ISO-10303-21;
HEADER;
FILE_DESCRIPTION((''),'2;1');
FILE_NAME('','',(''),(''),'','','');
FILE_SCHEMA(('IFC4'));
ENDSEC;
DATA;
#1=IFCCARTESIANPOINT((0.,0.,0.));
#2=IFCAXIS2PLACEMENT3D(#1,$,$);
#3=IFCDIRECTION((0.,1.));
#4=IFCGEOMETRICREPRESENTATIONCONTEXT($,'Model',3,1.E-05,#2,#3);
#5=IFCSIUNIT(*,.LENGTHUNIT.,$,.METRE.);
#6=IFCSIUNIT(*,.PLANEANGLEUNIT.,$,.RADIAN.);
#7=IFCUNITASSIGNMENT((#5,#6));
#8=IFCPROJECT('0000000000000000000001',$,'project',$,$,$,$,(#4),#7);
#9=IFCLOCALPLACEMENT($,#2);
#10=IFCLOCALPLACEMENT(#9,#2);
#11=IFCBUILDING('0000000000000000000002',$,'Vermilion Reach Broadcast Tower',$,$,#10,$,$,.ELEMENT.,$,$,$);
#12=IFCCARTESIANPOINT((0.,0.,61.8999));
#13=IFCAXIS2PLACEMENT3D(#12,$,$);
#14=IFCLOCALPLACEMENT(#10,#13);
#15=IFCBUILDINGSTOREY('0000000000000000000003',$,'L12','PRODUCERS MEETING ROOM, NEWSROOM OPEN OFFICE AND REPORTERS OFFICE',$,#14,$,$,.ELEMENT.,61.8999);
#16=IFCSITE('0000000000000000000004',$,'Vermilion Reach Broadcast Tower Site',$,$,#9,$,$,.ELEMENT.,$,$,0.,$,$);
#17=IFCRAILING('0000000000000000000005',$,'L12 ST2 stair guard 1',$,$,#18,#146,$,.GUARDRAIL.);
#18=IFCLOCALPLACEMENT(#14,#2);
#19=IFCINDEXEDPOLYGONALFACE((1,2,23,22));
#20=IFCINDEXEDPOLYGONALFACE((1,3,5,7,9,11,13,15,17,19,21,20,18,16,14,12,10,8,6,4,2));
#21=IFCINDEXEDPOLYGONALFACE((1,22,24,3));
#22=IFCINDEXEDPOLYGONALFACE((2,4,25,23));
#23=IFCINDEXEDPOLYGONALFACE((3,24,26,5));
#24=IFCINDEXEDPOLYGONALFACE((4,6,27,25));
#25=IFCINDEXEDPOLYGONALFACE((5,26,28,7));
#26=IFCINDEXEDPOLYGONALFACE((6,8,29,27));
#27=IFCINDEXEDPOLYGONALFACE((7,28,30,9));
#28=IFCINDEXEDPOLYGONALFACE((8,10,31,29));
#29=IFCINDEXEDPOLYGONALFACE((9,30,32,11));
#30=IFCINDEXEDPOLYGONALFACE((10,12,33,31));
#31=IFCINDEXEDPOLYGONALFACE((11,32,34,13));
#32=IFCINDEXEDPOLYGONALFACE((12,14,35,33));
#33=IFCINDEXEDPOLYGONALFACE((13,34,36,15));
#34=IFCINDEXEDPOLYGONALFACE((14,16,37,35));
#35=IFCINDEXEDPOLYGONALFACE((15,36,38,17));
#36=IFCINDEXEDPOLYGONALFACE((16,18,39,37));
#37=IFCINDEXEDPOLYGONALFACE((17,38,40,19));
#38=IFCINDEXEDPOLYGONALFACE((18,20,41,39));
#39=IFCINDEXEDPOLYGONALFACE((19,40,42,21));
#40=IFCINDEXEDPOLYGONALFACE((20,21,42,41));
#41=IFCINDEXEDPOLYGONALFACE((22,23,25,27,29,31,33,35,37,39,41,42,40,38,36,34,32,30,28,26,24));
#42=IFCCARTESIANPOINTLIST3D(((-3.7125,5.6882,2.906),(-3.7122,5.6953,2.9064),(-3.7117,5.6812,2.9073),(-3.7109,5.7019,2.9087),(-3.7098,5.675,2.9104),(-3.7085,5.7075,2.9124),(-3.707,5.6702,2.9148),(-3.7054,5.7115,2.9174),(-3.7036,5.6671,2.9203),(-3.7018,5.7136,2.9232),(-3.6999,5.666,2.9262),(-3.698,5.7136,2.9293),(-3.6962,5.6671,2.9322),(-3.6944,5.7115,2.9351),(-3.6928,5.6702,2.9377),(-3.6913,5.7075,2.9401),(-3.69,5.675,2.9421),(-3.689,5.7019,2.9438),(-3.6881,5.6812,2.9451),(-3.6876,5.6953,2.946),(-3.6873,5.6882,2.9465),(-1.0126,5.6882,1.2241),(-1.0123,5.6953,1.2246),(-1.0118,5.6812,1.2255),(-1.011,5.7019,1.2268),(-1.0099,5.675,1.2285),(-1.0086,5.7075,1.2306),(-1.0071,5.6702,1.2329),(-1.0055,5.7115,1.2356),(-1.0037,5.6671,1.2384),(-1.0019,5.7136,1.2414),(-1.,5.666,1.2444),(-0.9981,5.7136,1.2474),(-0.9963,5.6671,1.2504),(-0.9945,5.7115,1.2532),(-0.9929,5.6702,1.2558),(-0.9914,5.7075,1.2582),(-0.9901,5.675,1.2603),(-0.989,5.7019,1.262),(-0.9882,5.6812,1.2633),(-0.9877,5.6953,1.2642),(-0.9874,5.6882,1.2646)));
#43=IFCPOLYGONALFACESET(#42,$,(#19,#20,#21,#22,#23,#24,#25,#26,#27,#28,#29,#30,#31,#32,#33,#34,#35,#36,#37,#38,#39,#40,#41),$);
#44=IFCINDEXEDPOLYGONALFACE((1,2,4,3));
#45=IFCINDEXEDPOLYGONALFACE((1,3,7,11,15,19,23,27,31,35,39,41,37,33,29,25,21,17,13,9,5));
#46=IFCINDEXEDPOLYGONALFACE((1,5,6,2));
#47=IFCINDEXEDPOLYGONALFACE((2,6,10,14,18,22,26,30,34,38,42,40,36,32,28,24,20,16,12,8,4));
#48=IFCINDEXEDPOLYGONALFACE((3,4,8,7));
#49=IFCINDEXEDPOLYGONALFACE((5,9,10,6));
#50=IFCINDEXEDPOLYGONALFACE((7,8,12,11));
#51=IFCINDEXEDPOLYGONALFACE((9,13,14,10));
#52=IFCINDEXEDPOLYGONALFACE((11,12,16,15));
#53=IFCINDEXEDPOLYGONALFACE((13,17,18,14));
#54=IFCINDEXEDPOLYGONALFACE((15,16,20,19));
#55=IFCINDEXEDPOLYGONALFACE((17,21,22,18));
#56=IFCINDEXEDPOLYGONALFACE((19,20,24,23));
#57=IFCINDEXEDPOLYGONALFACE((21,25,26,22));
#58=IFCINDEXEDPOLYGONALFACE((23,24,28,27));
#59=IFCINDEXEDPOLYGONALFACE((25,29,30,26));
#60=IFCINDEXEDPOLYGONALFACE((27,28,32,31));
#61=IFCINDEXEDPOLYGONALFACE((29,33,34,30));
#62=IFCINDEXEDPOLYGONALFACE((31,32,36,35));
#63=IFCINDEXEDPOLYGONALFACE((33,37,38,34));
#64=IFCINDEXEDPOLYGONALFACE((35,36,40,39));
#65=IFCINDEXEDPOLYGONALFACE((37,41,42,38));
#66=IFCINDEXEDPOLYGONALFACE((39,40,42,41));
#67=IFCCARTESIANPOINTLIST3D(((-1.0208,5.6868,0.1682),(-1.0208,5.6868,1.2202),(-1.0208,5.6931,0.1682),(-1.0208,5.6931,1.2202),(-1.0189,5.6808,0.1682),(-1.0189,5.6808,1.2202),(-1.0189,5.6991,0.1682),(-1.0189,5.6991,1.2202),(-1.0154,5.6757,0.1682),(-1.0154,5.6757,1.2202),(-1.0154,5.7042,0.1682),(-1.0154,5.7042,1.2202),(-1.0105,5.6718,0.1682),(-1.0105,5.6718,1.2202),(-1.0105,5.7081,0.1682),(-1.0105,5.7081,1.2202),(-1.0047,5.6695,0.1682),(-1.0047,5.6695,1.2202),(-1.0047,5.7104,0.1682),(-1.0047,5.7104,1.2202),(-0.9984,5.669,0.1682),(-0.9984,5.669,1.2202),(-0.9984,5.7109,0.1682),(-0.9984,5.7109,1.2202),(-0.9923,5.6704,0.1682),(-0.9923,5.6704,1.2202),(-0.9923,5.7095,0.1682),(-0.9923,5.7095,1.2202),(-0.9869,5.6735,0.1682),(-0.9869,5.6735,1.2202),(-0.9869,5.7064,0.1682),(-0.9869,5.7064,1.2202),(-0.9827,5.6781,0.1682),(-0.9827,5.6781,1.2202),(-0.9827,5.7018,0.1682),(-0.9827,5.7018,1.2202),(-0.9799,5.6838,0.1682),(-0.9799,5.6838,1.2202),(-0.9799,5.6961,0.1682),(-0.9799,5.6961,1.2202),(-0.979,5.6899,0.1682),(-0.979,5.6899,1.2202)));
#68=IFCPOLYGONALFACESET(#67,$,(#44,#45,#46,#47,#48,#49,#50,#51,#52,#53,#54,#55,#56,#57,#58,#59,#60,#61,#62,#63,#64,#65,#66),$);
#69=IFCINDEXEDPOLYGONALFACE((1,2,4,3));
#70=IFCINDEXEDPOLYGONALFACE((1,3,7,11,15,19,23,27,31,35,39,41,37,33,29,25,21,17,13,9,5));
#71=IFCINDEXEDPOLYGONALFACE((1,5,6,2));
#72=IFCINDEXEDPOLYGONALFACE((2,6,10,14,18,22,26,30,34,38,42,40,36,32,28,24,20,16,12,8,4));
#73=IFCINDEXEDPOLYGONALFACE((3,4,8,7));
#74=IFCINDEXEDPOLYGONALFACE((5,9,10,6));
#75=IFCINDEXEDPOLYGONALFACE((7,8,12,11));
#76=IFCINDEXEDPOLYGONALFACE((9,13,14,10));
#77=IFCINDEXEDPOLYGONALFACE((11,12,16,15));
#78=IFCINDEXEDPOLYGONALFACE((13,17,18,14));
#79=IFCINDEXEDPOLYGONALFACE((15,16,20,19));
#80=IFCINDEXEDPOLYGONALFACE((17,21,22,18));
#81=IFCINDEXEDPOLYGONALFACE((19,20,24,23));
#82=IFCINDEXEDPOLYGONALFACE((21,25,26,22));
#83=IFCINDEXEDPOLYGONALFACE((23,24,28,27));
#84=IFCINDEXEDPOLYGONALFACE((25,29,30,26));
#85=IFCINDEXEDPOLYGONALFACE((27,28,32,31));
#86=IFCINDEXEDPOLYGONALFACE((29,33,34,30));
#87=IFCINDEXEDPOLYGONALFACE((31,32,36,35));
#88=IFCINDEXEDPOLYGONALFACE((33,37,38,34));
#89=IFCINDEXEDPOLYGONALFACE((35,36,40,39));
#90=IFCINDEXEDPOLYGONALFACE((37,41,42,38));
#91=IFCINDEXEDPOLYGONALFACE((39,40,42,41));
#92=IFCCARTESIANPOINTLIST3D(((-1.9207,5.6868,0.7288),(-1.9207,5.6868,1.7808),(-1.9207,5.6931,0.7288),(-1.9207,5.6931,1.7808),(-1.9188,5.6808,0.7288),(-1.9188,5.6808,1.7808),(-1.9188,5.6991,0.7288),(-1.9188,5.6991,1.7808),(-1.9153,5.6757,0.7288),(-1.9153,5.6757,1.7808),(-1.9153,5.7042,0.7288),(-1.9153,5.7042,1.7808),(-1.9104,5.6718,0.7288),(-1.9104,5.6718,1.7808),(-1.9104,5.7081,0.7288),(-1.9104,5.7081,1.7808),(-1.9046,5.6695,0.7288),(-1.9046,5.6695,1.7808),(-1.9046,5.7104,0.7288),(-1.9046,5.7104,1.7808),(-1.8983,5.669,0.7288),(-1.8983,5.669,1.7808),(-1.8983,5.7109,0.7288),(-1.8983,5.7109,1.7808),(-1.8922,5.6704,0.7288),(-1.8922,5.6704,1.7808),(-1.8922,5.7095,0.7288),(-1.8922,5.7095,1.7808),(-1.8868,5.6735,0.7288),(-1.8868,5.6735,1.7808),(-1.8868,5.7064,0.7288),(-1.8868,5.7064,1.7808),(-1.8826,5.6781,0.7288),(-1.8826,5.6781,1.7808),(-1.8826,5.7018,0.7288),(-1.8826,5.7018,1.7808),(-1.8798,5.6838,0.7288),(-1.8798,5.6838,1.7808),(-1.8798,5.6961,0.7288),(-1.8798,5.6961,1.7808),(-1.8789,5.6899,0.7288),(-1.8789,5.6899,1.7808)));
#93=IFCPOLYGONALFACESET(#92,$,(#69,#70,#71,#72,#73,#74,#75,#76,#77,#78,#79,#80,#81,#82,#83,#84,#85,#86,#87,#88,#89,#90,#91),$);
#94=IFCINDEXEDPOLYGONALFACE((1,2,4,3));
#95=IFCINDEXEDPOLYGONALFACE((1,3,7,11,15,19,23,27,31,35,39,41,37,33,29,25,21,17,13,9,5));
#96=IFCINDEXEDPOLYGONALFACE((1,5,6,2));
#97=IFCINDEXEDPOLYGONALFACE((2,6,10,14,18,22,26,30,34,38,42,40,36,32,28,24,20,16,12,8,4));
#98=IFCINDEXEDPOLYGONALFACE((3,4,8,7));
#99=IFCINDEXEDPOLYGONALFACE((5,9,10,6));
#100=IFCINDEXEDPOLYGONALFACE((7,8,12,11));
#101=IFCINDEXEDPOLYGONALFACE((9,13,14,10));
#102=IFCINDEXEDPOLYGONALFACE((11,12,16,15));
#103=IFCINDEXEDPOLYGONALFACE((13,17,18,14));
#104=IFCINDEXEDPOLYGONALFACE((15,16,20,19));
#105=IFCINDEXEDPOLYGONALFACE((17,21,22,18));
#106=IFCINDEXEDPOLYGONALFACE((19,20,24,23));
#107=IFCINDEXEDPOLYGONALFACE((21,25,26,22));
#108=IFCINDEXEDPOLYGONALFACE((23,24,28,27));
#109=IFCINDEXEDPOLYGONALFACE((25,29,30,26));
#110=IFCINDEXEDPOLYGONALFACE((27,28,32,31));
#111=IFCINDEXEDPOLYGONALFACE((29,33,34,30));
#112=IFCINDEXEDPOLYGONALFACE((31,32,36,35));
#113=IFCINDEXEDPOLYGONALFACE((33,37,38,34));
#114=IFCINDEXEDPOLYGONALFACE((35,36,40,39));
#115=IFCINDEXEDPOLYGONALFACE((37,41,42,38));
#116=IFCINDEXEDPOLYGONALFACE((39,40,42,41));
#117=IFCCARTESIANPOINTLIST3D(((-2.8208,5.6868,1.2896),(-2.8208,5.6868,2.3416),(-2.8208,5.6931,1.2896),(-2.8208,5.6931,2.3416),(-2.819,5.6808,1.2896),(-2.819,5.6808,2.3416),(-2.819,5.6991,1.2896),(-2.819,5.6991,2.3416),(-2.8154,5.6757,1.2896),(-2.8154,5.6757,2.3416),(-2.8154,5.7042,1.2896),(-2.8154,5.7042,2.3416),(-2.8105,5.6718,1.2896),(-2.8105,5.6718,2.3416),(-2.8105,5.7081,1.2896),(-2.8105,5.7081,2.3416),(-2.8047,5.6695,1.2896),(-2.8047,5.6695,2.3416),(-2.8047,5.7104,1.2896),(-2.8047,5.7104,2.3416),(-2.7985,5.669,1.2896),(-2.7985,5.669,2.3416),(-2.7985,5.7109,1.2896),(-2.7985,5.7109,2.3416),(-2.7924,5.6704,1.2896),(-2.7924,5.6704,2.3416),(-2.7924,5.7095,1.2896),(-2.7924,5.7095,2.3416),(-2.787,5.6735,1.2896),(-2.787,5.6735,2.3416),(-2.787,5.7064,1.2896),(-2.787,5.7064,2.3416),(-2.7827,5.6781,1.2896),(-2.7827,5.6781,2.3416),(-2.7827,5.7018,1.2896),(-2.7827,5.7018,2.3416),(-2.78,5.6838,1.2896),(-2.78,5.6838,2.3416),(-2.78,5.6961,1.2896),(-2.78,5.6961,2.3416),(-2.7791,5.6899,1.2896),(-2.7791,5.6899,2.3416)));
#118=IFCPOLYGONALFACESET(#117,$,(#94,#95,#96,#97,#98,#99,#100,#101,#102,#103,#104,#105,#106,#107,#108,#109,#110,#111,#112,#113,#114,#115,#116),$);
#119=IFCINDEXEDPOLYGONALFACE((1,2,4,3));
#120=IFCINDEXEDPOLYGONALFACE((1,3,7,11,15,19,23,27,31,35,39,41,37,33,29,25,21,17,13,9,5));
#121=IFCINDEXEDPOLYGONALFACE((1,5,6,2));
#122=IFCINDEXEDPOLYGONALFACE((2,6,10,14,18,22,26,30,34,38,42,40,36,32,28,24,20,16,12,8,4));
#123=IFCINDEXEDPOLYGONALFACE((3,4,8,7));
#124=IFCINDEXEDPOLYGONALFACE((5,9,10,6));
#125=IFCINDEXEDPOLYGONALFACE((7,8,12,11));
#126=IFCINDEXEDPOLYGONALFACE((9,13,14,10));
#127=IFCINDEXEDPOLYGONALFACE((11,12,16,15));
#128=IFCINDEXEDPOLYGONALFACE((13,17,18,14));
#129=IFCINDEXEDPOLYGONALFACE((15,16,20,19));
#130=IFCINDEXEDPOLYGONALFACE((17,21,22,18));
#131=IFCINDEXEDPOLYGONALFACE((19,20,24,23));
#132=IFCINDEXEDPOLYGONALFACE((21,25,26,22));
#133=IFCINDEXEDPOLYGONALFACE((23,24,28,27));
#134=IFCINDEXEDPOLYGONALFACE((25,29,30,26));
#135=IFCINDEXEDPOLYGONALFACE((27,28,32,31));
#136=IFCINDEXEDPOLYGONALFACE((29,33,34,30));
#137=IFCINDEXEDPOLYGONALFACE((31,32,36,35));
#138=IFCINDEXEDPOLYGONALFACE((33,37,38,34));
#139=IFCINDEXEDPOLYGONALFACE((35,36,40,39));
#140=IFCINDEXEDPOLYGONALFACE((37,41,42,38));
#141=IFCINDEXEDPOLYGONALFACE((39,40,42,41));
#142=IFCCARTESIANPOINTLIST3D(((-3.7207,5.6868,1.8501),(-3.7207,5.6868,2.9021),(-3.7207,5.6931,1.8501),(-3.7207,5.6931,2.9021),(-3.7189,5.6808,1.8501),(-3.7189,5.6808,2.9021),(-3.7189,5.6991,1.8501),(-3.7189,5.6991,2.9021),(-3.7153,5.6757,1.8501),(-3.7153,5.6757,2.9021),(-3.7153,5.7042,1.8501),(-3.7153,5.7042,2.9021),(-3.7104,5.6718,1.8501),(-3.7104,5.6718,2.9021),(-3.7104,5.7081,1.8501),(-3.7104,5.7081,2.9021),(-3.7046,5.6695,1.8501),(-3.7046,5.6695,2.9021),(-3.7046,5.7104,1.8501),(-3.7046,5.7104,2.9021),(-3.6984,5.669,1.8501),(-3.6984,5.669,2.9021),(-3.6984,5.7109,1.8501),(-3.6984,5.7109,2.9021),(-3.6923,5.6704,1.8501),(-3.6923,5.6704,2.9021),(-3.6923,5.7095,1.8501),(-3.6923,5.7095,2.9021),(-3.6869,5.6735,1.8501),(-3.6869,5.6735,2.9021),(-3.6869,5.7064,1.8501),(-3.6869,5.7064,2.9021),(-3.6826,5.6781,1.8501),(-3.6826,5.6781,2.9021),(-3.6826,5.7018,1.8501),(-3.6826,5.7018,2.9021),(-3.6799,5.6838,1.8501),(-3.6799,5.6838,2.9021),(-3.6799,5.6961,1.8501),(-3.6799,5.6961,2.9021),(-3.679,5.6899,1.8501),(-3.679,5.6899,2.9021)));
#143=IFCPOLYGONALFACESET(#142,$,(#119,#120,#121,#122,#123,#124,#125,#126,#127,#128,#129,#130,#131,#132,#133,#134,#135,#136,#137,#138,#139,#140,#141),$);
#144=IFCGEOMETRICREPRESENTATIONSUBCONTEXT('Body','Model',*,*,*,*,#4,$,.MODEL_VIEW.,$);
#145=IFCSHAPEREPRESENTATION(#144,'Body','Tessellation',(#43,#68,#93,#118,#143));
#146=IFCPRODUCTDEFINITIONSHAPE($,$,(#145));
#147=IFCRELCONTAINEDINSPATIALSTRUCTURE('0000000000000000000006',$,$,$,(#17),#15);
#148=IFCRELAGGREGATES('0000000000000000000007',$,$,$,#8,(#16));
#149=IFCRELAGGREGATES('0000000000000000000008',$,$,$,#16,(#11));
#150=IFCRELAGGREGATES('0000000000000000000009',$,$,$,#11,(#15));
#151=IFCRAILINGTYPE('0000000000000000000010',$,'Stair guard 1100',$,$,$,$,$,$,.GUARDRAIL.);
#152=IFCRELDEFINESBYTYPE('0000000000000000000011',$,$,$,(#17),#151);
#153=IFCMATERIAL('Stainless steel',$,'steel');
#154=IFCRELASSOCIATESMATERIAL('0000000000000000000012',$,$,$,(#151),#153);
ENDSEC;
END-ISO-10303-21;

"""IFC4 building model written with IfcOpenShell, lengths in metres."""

from ifc_helpers import new_model, si_unit, direction, frame, origin, origin_2d, place, context, subcontext, project, spatial, circle, extrude, material, type_object, element, save


model = new_model("IFC4")

# Units and contexts
model_context = context("Model", 3, precision=1e-05, world=origin(), true_north=direction((0.0, 1.0)))
body_context = subcontext(model_context, "Body", "Model", "MODEL_VIEW")
ifc_project = project(units=[si_unit("LENGTHUNIT", "METRE"), si_unit("PLANEANGLEUNIT", "RADIAN")], contexts=[model_context])

# Site, building, storey
site_placement = place(None, origin())
site = spatial("IfcSite", under=ifc_project, at=site_placement, Name="Vermilion Reach Broadcast Tower Site", CompositionType="ELEMENT", RefElevation=0.0)
building_placement = place(site_placement, origin())
building = spatial("IfcBuilding", under=site, at=building_placement, Name="Vermilion Reach Broadcast Tower", CompositionType="ELEMENT")
storey_placement = place(building_placement, frame((0.0, 0.0, 61.8999)))
storey = spatial("IfcBuildingStorey", under=building, at=storey_placement, Name="L12", Description="PRODUCERS MEETING ROOM, NEWSROOM OPEN OFFICE AND REPORTERS OFFICE", CompositionType="ELEMENT", Elevation=61.8999)

# Railing
ifc_material_1 = material(Name="Stainless steel", Category="steel")
railing_type_1 = type_object("IfcRailingType", Name="Stair guard 1100", PredefinedType="GUARDRAIL", material=ifc_material_1)
railing_1_placement = place(storey_placement, frame((-1.0, 5.6899, 0.1682)))
element("IfcRailing", 1, at=railing_1_placement, inside=storey, type_object=railing_type_1, Name="L12 ST2 stair guard 1", PredefinedType="GUARDRAIL", context=body_context, shape_type="SweptSolid", body=[
    extrude(circle(Radius=0.0239, at=origin_2d()), frame((0.0, 0.0, 1.0762), z_axis=(-0.848786, 0.0, 0.528736), x_axis=(0.0, -1.0, 0.0)), (0.0, 0.0, 1.0), 3.1809),
    extrude(circle(Radius=0.021, at=origin_2d()), origin(), (0.0, 0.0, 1.0), 1.052),
    extrude(circle(Radius=0.021, at=origin_2d()), frame((-0.8999, 0.0, 0.5605)), (0.0, 0.0, 1.0), 1.052),
    extrude(circle(Radius=0.021, at=origin_2d()), frame((-1.8, 0.0, 1.1213)), (0.0, 0.0, 1.0), 1.052),
    extrude(circle(Radius=0.021, at=origin_2d()), frame((-2.7, 0.0, 1.6819)), (0.0, 0.0, 1.0), 1.052),
])

save(model, "model.ifc")
